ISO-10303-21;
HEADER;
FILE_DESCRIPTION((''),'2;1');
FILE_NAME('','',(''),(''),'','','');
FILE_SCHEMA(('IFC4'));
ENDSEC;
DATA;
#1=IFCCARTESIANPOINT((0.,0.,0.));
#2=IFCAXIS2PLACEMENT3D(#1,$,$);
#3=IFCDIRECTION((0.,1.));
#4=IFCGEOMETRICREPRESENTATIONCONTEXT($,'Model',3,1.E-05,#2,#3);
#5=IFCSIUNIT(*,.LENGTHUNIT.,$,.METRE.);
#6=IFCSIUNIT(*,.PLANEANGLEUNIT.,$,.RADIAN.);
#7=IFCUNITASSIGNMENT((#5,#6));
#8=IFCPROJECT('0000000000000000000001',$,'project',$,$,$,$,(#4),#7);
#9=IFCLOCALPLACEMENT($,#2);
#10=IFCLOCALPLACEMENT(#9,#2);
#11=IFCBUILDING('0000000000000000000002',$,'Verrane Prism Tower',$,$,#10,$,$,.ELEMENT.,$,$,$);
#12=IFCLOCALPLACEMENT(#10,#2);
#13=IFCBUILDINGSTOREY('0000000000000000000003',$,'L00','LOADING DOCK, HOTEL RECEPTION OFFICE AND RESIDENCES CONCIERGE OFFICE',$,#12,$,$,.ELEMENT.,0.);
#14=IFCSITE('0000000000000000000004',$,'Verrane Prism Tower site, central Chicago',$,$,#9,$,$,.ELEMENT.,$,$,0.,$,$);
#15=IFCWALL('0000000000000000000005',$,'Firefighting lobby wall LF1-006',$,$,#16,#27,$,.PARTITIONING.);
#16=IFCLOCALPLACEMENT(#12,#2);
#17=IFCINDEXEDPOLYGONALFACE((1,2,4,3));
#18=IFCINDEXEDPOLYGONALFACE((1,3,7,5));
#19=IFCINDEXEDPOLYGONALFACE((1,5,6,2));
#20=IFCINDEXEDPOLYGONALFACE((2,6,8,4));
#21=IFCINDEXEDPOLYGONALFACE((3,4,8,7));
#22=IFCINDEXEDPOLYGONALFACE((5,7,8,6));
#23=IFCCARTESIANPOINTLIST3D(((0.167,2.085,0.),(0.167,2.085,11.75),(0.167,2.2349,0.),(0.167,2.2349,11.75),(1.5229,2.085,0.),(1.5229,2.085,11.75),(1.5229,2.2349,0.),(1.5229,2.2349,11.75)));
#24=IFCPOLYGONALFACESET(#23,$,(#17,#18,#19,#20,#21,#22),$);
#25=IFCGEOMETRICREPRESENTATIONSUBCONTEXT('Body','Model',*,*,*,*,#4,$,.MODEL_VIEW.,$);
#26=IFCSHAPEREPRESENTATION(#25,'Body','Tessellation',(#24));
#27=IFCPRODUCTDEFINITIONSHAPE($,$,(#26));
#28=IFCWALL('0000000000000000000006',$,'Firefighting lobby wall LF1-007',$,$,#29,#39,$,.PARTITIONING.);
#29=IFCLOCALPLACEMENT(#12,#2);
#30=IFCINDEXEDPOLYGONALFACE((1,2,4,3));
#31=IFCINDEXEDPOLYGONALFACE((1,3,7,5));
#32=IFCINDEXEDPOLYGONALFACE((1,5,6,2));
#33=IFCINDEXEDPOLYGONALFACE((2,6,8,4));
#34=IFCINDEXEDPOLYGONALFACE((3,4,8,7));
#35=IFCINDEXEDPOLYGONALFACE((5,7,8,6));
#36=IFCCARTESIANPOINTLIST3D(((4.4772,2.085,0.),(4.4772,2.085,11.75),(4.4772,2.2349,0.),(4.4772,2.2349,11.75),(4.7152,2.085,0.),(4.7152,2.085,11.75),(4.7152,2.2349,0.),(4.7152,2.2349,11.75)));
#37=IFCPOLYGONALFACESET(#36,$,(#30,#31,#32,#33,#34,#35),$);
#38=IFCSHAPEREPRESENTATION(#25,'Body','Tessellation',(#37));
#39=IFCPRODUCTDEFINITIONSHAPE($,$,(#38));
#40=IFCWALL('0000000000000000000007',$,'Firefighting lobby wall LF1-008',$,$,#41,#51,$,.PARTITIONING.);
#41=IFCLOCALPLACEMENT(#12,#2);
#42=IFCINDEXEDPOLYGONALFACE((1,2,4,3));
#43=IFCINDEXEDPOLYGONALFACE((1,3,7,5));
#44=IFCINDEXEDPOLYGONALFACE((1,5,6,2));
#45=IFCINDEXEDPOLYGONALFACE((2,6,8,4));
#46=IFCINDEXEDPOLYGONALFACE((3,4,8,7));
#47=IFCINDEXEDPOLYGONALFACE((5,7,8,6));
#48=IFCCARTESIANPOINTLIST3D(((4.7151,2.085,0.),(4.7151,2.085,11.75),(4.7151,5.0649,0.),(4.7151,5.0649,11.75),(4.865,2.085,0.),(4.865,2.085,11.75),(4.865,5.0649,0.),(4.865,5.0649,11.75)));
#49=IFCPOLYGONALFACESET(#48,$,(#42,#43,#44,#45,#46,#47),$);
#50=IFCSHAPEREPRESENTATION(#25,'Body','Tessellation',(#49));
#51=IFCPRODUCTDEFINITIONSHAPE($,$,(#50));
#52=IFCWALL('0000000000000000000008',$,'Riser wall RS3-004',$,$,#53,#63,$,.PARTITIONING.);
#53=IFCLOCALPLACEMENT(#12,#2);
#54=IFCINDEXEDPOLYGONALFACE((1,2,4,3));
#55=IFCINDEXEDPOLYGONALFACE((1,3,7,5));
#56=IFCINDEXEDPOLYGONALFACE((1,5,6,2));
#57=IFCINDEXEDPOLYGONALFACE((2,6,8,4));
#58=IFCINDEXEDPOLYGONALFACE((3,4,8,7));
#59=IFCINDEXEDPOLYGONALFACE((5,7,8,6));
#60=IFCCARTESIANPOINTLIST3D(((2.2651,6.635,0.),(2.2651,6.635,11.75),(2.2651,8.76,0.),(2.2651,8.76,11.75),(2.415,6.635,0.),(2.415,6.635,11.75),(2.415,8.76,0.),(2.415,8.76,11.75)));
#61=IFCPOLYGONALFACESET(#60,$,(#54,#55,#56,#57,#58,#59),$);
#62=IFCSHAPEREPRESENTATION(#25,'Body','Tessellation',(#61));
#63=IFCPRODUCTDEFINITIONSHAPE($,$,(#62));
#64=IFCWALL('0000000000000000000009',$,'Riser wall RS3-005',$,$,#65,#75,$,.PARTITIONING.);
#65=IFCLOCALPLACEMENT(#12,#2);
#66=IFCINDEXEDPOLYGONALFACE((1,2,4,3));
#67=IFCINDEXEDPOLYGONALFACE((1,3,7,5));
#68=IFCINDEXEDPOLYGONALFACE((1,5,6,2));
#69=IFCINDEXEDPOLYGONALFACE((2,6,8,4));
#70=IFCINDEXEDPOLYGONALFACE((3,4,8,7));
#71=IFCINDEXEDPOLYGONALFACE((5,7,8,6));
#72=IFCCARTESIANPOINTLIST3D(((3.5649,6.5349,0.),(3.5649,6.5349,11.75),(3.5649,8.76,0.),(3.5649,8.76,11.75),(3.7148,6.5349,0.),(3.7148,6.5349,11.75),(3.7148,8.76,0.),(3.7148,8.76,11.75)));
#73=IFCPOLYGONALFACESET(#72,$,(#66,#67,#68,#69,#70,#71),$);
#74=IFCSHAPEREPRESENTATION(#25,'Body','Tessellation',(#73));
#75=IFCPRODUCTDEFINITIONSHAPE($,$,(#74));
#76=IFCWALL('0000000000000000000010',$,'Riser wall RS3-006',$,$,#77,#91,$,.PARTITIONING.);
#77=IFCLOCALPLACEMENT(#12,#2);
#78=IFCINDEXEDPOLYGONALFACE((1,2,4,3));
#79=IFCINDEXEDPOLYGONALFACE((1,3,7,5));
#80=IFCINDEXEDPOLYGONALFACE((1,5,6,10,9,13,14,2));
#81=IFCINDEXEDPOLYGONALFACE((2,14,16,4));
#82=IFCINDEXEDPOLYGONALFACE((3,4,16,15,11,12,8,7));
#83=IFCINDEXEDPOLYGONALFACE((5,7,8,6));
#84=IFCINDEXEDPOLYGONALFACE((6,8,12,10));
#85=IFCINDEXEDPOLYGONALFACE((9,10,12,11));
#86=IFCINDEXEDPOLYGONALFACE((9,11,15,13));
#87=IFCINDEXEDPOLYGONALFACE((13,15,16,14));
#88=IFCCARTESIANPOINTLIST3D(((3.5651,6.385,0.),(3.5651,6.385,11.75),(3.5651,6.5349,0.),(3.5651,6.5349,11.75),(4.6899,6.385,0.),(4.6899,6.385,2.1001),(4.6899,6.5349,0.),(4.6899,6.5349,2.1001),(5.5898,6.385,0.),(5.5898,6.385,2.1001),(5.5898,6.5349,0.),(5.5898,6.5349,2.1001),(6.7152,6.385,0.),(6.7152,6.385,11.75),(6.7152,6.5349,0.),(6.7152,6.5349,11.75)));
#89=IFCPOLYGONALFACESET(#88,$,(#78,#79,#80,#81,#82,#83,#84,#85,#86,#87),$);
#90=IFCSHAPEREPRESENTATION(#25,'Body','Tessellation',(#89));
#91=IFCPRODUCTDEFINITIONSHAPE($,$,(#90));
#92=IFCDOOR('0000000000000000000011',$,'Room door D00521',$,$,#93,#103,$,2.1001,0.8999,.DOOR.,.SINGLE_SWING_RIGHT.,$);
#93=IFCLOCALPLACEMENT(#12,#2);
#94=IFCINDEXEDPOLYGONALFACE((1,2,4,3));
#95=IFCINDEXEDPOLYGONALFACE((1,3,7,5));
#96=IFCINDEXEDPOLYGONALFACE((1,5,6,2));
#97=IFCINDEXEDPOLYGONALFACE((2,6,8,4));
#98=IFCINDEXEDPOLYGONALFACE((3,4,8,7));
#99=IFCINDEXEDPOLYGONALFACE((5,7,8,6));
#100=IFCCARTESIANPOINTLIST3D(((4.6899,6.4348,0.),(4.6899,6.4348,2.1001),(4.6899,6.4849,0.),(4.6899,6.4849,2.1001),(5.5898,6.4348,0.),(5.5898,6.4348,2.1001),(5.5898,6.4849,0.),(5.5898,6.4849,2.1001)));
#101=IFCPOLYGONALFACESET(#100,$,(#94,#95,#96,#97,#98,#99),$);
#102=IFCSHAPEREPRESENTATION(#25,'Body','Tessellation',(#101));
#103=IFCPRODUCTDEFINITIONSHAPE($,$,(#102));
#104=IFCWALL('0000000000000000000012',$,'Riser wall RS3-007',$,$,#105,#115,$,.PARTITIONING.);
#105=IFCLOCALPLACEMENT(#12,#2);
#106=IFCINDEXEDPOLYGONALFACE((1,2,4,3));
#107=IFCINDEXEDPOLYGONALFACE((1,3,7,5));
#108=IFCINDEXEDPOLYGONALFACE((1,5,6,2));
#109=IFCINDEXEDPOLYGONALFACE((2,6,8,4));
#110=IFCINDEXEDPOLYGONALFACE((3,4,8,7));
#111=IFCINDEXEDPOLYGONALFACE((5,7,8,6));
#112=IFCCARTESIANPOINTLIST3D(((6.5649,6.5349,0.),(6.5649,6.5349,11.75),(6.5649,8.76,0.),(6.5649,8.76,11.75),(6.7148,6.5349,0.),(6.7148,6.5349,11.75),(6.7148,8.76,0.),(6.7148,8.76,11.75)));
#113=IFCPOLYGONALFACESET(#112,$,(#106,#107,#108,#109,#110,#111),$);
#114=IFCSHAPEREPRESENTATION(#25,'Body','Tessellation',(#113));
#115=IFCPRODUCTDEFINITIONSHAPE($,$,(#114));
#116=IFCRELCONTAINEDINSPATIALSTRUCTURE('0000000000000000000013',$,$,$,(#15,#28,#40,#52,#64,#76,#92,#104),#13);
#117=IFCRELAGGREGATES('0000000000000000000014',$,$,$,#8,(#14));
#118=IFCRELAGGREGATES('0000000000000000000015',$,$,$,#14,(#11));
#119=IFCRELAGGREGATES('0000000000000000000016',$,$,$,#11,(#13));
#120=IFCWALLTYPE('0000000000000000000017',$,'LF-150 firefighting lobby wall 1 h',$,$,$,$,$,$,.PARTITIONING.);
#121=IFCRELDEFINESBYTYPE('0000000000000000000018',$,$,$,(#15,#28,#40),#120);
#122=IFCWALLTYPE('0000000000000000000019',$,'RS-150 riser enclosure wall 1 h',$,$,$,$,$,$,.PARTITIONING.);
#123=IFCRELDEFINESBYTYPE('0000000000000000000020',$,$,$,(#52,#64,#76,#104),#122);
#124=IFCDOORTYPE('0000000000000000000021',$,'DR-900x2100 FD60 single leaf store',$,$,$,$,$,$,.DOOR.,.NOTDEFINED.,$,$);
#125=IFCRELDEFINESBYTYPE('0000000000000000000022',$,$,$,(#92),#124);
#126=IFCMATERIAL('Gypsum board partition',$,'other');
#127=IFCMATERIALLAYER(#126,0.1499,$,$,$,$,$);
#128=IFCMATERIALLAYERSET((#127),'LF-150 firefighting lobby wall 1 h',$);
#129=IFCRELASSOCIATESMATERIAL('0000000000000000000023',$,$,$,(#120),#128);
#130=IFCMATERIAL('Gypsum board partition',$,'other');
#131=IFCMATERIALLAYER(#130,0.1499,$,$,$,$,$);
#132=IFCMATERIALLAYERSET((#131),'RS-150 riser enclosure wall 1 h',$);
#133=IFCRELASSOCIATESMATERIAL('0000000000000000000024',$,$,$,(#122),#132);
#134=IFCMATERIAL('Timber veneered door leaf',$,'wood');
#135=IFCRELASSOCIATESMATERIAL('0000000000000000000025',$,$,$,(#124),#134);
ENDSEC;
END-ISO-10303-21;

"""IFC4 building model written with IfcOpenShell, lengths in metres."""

from ifc_helpers import new_model, si_unit, direction, frame, frame_2d, origin, place, context, subcontext, project, spatial, rectangle, extrude, material, layer, layer_set, type_object, element, fill, save


model = new_model("IFC4")

# Units and contexts
model_context = context("Model", 3, precision=1e-05, world=origin(), true_north=direction((0.0, 1.0)))
body_context = subcontext(model_context, "Body", "Model", "MODEL_VIEW")
ifc_project = project(units=[si_unit("LENGTHUNIT", "METRE"), si_unit("PLANEANGLEUNIT", "RADIAN")], contexts=[model_context])

# Site, building, storey
site_placement = place(None, origin())
site = spatial("IfcSite", under=ifc_project, at=site_placement, Name="Verrane Prism Tower site, central Chicago", CompositionType="ELEMENT", RefElevation=0.0)
building_placement = place(site_placement, origin())
building = spatial("IfcBuilding", under=site, at=building_placement, Name="Verrane Prism Tower", CompositionType="ELEMENT")
storey_placement = place(building_placement, origin())
storey = spatial("IfcBuildingStorey", under=building, at=storey_placement, Name="L00", Description="LOADING DOCK, HOTEL RECEPTION OFFICE AND RESIDENCES CONCIERGE OFFICE", CompositionType="ELEMENT", Elevation=0.0)

# Walls
ifc_material_1 = material(Name="Gypsum board partition", Category="other")
ifc_layer_1 = layer(ifc_material_1, 0.1499)
ifc_layer_set_1 = layer_set([ifc_layer_1], Name="LF-150 firefighting lobby wall 1 h")
wall_type_1 = type_object("IfcWallType", Name="LF-150 firefighting lobby wall 1 h", PredefinedType="PARTITIONING", material=ifc_layer_set_1)
wall_1_placement = place(storey_placement, frame((0.167, 2.1599, 0.0), z_axis=(0.0, 0.0, 1.0), x_axis=(1.0, 0.0, 0.0)))
element("IfcWall", 1, at=wall_1_placement, inside=storey, type_object=wall_type_1, Name="Firefighting lobby wall LF1-006", PredefinedType="PARTITIONING", context=body_context, shape_type="SweptSolid", body=[
    extrude(rectangle(XDim=1.356, YDim=0.1499, at=frame_2d((0.678, 0.0))), origin(), (0.0, 0.0, 1.0), 11.75),
])
wall_2_placement = place(storey_placement, frame((4.4771, 2.1599, 0.0), z_axis=(0.0, 0.0, 1.0), x_axis=(1.0, 0.0, 0.0)))
element("IfcWall", 2, at=wall_2_placement, inside=storey, type_object=wall_type_1, Name="Firefighting lobby wall LF1-007", PredefinedType="PARTITIONING", context=body_context, shape_type="SweptSolid", body=[
    extrude(rectangle(XDim=0.238, YDim=0.1499, at=frame_2d((0.1191, 0.0))), origin(), (0.0, 0.0, 1.0), 11.75),
])
wall_3_placement = place(storey_placement, frame((4.79, 2.085, 0.0), z_axis=(0.0, 0.0, 1.0), x_axis=(0.0, 1.0, 0.0)))
element("IfcWall", 3, at=wall_3_placement, inside=storey, type_object=wall_type_1, Name="Firefighting lobby wall LF1-008", PredefinedType="PARTITIONING", context=body_context, shape_type="SweptSolid", body=[
    extrude(rectangle(XDim=2.98, YDim=0.1499, at=frame_2d((1.49, 0.0))), origin(), (0.0, 0.0, 1.0), 11.75),
])
ifc_material_2 = material(Name="Gypsum board partition", Category="other")
ifc_layer_2 = layer(ifc_material_2, 0.1499)
ifc_layer_set_2 = layer_set([ifc_layer_2], Name="RS-150 riser enclosure wall 1 h")
wall_type_2 = type_object("IfcWallType", Name="RS-150 riser enclosure wall 1 h", PredefinedType="PARTITIONING", material=ifc_layer_set_2)
wall_4_placement = place(storey_placement, frame((2.3401, 6.635, 0.0), z_axis=(0.0, 0.0, 1.0), x_axis=(0.0, 1.0, 0.0)))
element("IfcWall", 4, at=wall_4_placement, inside=storey, type_object=wall_type_2, Name="Riser wall RS3-004", PredefinedType="PARTITIONING", context=body_context, shape_type="SweptSolid", body=[
    extrude(rectangle(XDim=2.125, YDim=0.1499, at=frame_2d((1.0625, 0.0))), origin(), (0.0, 0.0, 1.0), 11.75),
])
wall_5_placement = place(storey_placement, frame((3.6399, 6.5349, 0.0), z_axis=(0.0, 0.0, 1.0), x_axis=(0.0, 1.0, 0.0)))
element("IfcWall", 5, at=wall_5_placement, inside=storey, type_object=wall_type_2, Name="Riser wall RS3-005", PredefinedType="PARTITIONING", context=body_context, shape_type="SweptSolid", body=[
    extrude(rectangle(XDim=2.2251, YDim=0.1499, at=frame_2d((1.1125, 0.0))), origin(), (0.0, 0.0, 1.0), 11.75),
])

# Wall, opening, door
wall_6_placement = place(storey_placement, frame((3.5649, 6.46, 0.0), z_axis=(0.0, 0.0, 1.0), x_axis=(1.0, 0.0, 0.0)))
wall_6 = element("IfcWall", 6, at=wall_6_placement, inside=storey, type_object=wall_type_2, Name="Riser wall RS3-006", PredefinedType="PARTITIONING", context=body_context, shape_type="SweptSolid", body=[
    extrude(rectangle(XDim=3.1501, YDim=0.1499, at=frame_2d((1.5752, 0.0))), origin(), (0.0, 0.0, 1.0), 11.75),
])
opening_1_placement = place(wall_6_placement, frame((1.125, 0.0, 0.0)))
opening_1 = element("IfcOpeningElement", 7, at=opening_1_placement, cuts=wall_6, PredefinedType="OPENING", context=body_context, shape_type="SweptSolid", body=[
    extrude(rectangle(XDim=0.8999, YDim=2.1001, at=frame_2d((0.45, 1.05))), frame((0.0, 0.085, 0.0), z_axis=(0.0, -1.0, 0.0), x_axis=(1.0, 0.0, 0.0)), (0.0, 0.0, 1.0), 0.1699),
])
ifc_material_3 = material(Name="Timber veneered door leaf", Category="wood")
door_type_1 = type_object("IfcDoorType", Name="DR-900x2100 FD60 single leaf store", OperationType="NOTDEFINED", PredefinedType="DOOR", material=ifc_material_3)
door_1_placement = place(opening_1_placement, origin())
door_1 = element("IfcDoor", 8, at=door_1_placement, inside=storey, type_object=door_type_1, Name="Room door D00521", OperationType="SINGLE_SWING_RIGHT", OverallHeight=2.1001, OverallWidth=0.8999, PredefinedType="DOOR", context=body_context, shape_type="SweptSolid", body=[
    extrude(rectangle(XDim=0.8999, YDim=2.1001, at=frame_2d((0.45, 1.05))), frame((0.0, 0.0249, 0.0), z_axis=(0.0, -1.0, 0.0), x_axis=(1.0, 0.0, 0.0)), (0.0, 0.0, 1.0), 0.05),
])
fill(opening_1, door_1)

# Wall
wall_7_placement = place(storey_placement, frame((6.6399, 6.5349, 0.0), z_axis=(0.0, 0.0, 1.0), x_axis=(0.0, 1.0, 0.0)))
element("IfcWall", 9, at=wall_7_placement, inside=storey, type_object=wall_type_2, Name="Riser wall RS3-007", PredefinedType="PARTITIONING", context=body_context, shape_type="SweptSolid", body=[
    extrude(rectangle(XDim=2.2251, YDim=0.1499, at=frame_2d((1.1125, 0.0))), origin(), (0.0, 0.0, 1.0), 11.75),
])

save(model, "model.ifc")
